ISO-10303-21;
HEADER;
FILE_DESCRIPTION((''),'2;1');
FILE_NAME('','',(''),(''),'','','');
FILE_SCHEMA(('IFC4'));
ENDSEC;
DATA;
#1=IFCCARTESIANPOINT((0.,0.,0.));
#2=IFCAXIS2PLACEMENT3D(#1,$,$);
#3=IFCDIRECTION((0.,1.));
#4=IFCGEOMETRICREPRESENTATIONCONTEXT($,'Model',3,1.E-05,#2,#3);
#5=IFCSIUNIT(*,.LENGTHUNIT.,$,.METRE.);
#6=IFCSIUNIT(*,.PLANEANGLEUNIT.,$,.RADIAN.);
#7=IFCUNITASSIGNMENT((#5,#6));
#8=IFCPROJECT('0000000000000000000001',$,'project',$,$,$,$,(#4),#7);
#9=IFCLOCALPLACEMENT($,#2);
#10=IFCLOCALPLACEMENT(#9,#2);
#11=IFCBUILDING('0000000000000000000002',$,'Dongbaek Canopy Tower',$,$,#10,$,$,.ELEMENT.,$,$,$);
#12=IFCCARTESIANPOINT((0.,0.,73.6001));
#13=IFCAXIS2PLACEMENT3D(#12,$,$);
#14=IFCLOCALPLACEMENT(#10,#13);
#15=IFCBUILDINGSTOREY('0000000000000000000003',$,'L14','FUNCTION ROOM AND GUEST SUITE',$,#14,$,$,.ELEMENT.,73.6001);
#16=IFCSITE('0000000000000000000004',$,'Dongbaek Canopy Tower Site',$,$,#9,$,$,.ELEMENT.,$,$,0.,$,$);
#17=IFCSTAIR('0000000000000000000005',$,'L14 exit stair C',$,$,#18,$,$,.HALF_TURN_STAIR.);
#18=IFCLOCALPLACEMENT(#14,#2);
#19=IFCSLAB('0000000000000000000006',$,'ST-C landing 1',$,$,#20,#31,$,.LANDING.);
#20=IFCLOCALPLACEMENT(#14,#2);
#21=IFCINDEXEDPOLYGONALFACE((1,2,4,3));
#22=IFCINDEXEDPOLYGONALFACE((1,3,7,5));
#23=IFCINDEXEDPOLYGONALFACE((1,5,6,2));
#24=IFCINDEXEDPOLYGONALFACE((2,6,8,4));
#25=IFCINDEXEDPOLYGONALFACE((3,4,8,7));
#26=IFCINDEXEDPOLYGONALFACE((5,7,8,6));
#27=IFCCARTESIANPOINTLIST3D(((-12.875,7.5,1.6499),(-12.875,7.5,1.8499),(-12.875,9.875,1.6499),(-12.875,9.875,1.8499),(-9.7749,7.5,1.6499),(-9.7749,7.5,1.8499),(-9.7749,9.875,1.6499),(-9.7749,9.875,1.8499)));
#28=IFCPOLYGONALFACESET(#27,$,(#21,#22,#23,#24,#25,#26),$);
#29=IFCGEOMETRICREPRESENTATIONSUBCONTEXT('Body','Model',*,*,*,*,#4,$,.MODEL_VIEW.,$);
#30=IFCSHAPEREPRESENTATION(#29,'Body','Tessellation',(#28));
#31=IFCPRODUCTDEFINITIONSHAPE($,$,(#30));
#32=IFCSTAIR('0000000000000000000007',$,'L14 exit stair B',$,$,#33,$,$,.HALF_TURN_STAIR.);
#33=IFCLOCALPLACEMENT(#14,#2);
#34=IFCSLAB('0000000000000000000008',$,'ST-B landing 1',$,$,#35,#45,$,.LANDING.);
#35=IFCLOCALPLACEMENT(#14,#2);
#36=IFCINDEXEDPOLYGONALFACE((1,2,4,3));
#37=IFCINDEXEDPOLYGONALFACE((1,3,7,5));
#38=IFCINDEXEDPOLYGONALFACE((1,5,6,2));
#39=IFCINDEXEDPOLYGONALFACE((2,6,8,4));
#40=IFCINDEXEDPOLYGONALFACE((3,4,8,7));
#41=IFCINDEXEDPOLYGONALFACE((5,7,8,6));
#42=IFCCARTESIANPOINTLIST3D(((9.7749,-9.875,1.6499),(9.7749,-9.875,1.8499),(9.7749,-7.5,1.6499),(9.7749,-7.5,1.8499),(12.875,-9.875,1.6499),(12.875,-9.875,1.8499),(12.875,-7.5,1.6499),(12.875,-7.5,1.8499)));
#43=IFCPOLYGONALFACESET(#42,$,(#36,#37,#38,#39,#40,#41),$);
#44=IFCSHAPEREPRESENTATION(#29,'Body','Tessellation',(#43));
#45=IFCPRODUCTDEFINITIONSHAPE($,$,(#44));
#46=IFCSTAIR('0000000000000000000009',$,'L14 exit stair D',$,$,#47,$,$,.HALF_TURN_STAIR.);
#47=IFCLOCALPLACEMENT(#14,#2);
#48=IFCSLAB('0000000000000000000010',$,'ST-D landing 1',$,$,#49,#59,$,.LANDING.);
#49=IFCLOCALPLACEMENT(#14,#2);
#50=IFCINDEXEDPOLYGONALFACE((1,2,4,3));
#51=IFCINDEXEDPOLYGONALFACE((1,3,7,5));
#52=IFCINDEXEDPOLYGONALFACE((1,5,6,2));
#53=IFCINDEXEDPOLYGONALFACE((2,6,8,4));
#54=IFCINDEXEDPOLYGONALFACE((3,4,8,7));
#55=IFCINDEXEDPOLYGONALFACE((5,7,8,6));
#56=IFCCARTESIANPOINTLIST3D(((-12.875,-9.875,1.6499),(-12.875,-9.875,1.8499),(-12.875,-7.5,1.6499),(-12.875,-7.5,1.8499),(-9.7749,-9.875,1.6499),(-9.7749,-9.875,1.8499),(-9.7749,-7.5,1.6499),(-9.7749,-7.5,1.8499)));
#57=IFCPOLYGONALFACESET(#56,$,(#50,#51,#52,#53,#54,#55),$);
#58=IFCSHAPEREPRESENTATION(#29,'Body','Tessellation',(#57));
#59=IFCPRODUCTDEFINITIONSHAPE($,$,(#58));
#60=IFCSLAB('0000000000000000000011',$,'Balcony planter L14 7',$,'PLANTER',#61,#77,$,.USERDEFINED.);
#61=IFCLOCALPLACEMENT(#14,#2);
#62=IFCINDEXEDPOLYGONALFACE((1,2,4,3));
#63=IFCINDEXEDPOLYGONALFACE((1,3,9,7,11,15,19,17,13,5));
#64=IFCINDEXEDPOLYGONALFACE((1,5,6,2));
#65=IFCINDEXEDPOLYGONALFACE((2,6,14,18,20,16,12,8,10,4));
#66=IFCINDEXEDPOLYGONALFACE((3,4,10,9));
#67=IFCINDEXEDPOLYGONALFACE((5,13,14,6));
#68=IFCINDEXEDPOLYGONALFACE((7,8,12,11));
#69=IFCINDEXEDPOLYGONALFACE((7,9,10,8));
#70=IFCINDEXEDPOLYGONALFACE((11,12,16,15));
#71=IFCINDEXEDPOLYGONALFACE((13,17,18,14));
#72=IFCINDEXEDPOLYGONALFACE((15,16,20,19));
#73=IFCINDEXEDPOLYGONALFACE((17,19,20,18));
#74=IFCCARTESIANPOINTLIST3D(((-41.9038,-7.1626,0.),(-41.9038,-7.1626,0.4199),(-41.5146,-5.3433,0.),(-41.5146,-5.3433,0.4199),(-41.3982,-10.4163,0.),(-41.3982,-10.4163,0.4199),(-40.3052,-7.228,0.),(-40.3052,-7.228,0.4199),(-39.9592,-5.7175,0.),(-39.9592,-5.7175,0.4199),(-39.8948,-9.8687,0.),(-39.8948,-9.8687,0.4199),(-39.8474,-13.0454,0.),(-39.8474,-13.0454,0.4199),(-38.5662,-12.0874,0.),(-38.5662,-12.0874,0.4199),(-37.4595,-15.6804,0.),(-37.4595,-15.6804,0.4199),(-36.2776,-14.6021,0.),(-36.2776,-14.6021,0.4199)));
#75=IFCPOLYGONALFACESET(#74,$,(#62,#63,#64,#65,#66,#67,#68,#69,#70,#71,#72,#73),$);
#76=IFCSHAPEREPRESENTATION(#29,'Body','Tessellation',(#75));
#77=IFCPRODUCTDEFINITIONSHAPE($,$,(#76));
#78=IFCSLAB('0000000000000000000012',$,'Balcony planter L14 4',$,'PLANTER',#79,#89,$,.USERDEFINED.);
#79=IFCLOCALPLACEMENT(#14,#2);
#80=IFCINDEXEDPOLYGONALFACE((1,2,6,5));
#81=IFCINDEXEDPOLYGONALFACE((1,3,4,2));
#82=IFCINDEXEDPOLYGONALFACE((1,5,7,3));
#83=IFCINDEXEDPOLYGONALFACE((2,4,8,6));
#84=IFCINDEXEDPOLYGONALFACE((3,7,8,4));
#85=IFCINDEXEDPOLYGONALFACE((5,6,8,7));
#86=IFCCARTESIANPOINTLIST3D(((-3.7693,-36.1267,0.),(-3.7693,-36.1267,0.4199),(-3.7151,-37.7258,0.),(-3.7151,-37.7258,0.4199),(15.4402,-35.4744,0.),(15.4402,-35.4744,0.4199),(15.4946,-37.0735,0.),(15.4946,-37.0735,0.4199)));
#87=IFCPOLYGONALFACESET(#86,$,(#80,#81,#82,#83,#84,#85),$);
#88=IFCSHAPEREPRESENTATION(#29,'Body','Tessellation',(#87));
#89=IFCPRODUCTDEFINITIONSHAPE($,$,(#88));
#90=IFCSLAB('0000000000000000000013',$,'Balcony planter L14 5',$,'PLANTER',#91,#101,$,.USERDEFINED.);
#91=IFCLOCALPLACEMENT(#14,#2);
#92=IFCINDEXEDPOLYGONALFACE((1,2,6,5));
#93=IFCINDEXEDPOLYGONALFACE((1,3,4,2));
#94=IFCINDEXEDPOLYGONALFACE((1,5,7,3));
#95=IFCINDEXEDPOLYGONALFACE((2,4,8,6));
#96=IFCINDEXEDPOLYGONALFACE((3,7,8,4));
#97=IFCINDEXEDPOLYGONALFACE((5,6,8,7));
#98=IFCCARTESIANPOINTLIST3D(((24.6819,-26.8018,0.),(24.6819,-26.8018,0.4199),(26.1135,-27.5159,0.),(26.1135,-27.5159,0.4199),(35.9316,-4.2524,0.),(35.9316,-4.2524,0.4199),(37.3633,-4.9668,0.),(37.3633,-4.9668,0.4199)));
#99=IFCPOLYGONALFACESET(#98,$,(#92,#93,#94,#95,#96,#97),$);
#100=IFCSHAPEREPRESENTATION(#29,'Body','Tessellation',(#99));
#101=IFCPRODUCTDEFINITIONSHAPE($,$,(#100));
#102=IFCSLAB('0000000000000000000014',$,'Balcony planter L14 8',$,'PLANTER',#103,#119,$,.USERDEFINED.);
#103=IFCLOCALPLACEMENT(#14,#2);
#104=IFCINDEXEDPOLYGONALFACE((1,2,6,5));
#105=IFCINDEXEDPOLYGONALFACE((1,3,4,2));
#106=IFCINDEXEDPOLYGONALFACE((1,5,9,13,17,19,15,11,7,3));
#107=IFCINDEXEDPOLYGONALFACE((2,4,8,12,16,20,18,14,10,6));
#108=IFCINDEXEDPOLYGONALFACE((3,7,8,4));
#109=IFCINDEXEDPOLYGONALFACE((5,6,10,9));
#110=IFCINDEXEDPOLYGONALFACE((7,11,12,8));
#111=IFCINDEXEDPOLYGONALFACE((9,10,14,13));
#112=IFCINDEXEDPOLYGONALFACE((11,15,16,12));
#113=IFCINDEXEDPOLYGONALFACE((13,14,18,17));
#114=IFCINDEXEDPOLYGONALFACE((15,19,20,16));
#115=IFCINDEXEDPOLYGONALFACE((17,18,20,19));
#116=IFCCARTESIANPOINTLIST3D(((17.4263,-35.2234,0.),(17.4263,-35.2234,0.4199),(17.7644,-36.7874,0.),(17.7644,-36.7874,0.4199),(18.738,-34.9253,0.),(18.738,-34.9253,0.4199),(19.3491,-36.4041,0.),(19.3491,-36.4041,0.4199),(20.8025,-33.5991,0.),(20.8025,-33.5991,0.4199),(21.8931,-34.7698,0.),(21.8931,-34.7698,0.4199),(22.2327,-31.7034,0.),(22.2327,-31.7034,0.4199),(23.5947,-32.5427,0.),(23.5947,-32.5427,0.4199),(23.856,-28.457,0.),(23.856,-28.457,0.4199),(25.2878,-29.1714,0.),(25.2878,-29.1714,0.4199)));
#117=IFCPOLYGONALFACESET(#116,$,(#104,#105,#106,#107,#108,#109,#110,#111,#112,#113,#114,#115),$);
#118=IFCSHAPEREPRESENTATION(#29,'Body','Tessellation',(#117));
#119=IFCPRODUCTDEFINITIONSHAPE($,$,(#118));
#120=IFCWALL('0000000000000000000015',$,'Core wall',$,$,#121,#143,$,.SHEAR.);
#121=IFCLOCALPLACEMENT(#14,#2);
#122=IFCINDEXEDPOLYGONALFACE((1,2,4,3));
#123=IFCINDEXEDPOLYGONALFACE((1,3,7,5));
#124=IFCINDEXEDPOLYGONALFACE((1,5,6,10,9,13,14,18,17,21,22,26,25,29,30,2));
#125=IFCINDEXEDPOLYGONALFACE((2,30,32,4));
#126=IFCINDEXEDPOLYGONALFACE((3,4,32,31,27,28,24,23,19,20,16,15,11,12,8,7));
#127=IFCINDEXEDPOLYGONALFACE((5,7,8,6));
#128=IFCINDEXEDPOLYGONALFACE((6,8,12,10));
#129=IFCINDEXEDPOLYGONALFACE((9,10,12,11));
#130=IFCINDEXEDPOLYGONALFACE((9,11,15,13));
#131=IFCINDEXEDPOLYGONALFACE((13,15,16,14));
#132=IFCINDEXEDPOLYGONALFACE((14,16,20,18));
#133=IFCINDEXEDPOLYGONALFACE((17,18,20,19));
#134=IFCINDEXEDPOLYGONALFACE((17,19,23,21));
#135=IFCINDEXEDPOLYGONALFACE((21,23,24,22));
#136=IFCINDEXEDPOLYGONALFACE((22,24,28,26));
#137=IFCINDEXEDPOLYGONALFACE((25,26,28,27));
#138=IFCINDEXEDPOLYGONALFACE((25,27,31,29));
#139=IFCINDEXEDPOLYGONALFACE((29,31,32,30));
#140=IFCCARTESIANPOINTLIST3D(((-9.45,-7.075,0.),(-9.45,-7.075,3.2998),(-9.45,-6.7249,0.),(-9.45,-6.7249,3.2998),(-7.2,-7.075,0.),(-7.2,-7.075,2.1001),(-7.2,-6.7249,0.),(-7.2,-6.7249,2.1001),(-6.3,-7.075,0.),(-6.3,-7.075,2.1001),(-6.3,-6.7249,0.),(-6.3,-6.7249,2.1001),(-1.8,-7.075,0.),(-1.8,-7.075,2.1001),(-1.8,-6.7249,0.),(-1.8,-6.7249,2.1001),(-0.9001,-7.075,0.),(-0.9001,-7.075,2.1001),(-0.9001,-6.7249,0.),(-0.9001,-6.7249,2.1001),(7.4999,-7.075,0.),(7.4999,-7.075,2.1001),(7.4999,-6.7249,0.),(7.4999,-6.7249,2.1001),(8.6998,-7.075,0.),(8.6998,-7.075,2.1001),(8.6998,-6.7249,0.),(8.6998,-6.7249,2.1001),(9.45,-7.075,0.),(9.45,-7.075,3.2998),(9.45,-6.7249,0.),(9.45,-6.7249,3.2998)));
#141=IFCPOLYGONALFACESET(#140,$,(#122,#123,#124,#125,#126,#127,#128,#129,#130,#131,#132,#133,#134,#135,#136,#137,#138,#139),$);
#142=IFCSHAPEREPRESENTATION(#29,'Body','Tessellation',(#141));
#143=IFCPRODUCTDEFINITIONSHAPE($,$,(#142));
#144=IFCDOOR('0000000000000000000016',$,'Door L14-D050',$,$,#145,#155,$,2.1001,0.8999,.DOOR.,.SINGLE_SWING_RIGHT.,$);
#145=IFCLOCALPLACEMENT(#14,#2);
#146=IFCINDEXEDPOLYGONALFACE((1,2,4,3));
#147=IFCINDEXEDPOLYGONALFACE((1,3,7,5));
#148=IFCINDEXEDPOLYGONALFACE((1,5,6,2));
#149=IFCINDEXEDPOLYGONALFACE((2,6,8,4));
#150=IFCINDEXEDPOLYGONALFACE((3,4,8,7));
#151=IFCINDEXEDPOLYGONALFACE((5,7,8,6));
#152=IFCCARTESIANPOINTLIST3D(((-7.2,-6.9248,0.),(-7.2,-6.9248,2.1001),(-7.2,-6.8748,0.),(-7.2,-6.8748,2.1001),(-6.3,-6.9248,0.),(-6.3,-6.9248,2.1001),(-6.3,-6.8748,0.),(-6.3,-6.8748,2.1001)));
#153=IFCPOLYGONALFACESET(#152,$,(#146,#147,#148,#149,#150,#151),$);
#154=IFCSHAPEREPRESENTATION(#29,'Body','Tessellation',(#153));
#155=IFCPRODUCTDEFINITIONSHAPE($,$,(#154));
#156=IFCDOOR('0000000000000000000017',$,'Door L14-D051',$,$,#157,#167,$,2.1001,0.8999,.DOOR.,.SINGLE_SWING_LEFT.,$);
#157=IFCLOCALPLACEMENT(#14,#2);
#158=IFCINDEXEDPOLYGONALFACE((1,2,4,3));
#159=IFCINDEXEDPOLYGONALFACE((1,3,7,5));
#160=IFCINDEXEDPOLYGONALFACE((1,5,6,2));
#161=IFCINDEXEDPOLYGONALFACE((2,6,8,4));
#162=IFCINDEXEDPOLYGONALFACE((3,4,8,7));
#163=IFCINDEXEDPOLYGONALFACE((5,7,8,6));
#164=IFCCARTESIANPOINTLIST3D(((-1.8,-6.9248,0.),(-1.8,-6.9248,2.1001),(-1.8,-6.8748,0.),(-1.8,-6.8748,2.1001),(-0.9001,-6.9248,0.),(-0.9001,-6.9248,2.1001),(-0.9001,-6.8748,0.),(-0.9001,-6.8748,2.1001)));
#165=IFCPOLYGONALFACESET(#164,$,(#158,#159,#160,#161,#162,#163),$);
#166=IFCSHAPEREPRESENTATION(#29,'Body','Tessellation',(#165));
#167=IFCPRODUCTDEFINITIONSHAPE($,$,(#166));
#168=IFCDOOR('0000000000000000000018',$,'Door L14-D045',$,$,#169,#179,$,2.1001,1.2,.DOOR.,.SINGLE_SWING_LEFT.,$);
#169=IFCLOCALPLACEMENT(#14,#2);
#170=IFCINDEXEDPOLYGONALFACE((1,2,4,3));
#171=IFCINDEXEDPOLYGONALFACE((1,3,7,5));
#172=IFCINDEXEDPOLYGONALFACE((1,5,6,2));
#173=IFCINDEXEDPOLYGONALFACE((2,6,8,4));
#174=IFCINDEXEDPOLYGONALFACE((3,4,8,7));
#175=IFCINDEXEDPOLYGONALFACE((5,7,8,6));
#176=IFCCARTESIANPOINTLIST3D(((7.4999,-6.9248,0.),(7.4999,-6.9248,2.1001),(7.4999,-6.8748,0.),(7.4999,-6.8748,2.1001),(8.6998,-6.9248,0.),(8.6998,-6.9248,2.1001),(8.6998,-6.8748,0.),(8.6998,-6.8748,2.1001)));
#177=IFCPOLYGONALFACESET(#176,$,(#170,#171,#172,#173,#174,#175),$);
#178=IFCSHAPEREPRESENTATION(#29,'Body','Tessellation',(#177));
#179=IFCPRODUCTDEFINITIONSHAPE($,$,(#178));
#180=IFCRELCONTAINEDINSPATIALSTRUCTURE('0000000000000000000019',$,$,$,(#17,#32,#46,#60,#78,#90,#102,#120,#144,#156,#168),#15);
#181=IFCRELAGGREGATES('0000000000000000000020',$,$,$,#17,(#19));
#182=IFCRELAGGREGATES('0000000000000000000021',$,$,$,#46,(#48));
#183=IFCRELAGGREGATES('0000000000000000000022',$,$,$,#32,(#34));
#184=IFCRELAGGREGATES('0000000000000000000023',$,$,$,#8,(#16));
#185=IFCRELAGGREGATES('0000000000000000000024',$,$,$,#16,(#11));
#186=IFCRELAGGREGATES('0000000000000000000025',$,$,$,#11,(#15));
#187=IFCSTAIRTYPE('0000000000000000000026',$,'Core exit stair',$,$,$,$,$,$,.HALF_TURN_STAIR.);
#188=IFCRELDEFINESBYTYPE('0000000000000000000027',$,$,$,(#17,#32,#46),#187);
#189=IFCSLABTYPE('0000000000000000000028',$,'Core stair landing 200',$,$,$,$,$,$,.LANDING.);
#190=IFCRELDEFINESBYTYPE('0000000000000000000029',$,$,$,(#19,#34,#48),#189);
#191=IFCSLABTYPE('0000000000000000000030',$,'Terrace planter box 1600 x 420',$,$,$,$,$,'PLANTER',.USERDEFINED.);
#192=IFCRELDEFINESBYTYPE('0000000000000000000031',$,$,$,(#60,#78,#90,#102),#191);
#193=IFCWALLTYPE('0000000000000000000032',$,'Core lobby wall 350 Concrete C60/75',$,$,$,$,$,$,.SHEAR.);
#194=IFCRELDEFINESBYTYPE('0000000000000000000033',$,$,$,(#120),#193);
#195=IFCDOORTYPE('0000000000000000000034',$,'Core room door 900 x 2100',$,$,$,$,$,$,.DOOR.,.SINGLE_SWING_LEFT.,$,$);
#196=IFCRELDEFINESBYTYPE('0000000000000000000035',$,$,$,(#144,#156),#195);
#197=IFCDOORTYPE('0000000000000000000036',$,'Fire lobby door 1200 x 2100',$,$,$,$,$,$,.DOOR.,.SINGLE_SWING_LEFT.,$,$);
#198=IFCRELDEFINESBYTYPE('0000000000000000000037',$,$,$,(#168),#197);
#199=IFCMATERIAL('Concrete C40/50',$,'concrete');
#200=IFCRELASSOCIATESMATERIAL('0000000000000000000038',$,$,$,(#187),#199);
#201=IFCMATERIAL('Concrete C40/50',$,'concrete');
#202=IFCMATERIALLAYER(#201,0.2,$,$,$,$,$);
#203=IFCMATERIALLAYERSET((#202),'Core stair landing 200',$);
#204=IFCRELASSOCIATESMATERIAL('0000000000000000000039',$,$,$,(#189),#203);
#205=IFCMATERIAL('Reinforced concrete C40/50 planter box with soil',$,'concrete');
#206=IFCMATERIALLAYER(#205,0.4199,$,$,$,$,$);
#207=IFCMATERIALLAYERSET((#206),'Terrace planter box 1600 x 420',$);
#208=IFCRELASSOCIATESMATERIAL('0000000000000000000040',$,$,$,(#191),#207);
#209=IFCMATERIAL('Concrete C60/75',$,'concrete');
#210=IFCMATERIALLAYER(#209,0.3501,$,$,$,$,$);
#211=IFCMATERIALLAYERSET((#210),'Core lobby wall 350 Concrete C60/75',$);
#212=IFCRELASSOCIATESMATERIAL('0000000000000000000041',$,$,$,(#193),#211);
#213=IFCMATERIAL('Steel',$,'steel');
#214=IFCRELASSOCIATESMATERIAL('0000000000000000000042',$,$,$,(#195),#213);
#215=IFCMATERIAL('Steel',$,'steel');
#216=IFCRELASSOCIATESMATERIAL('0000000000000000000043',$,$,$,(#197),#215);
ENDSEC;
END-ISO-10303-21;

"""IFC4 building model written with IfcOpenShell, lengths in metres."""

from ifc_helpers import new_model, si_unit, direction, frame, frame_2d, origin, place, context, subcontext, project, spatial, polyline, rectangle, outline, extrude, material, layer, layer_set, type_object, element, fill, aggregate, save


model = new_model("IFC4")

# Units and contexts
model_context = context("Model", 3, precision=1e-05, world=origin(), true_north=direction((0.0, 1.0)))
body_context = subcontext(model_context, "Body", "Model", "MODEL_VIEW")
ifc_project = project(units=[si_unit("LENGTHUNIT", "METRE"), si_unit("PLANEANGLEUNIT", "RADIAN")], contexts=[model_context])

# Site, building, storey
site_placement = place(None, origin())
site = spatial("IfcSite", under=ifc_project, at=site_placement, Name="Dongbaek Canopy Tower Site", CompositionType="ELEMENT", RefElevation=0.0)
building_placement = place(site_placement, origin())
building = spatial("IfcBuilding", under=site, at=building_placement, Name="Dongbaek Canopy Tower", CompositionType="ELEMENT")
storey_placement = place(building_placement, frame((0.0, 0.0, 73.6001)))
storey = spatial("IfcBuildingStorey", under=building, at=storey_placement, Name="L14", Description="FUNCTION ROOM AND GUEST SUITE", CompositionType="ELEMENT", Elevation=73.6001)

# Stairs, slabs
ifc_material_1 = material(Name="Concrete C40/50", Category="concrete")
stair_type = type_object("IfcStairType", Name="Core exit stair", PredefinedType="HALF_TURN_STAIR", material=ifc_material_1)
ifc_material_2 = material(Name="Concrete C40/50", Category="concrete")
ifc_layer_1 = layer(ifc_material_2, 0.2)
ifc_layer_set_1 = layer_set([ifc_layer_1], Name="Core stair landing 200")
slab_type_1 = type_object("IfcSlabType", Name="Core stair landing 200", PredefinedType="LANDING", material=ifc_layer_set_1)
stair_1_placement = place(storey_placement, origin())
stair_1 = element("IfcStair", 1, at=stair_1_placement, inside=storey, type_object=stair_type, Name="L14 exit stair C", PredefinedType="HALF_TURN_STAIR")
slab_1_placement = place(storey_placement, frame((0.0, 0.0, 1.6499)))
slab_1 = element("IfcSlab", 2, at=slab_1_placement, type_object=slab_type_1, Name="ST-C landing 1", PredefinedType="LANDING", context=body_context, shape_type="SweptSolid", body=[
    extrude(outline(polyline([(-9.7749, 7.5), (-9.7749, 9.875), (-12.875, 9.875), (-12.875, 7.5), (-9.7749, 7.5)])), origin(), (0.0, 0.0, 1.0), 0.2),
])
aggregate(stair_1, [slab_1])
stair_2_placement = place(storey_placement, origin())
stair_2 = element("IfcStair", 3, at=stair_2_placement, inside=storey, type_object=stair_type, Name="L14 exit stair B", PredefinedType="HALF_TURN_STAIR")
slab_2_placement = place(storey_placement, frame((0.0, 0.0, 1.6499)))
slab_2 = element("IfcSlab", 4, at=slab_2_placement, type_object=slab_type_1, Name="ST-B landing 1", PredefinedType="LANDING", context=body_context, shape_type="SweptSolid", body=[
    extrude(outline(polyline([(9.7749, -7.5), (9.7749, -9.875), (12.875, -9.875), (12.875, -7.5), (9.7749, -7.5)])), origin(), (0.0, 0.0, 1.0), 0.2),
])
stair_3_placement = place(storey_placement, origin())
stair_3 = element("IfcStair", 5, at=stair_3_placement, inside=storey, type_object=stair_type, Name="L14 exit stair D", PredefinedType="HALF_TURN_STAIR")
slab_3_placement = place(storey_placement, frame((0.0, 0.0, 1.6499)))
slab_3 = element("IfcSlab", 6, at=slab_3_placement, type_object=slab_type_1, Name="ST-D landing 1", PredefinedType="LANDING", context=body_context, shape_type="SweptSolid", body=[
    extrude(outline(polyline([(-12.875, -7.5), (-12.875, -9.875), (-9.7749, -9.875), (-9.7749, -7.5), (-12.875, -7.5)])), origin(), (0.0, 0.0, 1.0), 0.2),
])
aggregate(stair_3, [slab_3])

# Slabs
ifc_material_3 = material(Name="Reinforced concrete C40/50 planter box with soil", Category="concrete")
ifc_layer_2 = layer(ifc_material_3, 0.4199)
ifc_layer_set_2 = layer_set([ifc_layer_2], Name="Terrace planter box 1600 x 420")
slab_type_2 = type_object("IfcSlabType", Name="Terrace planter box 1600 x 420", ElementType="PLANTER", PredefinedType="USERDEFINED", material=ifc_layer_set_2)
slab_4_placement = place(storey_placement, origin())
element("IfcSlab", 7, at=slab_4_placement, inside=storey, type_object=slab_type_2, Name="Balcony planter L14 7", ObjectType="PLANTER", PredefinedType="USERDEFINED", context=body_context, shape_type="SweptSolid", body=[
    extrude(outline(polyline([(-39.9592, -5.7175), (-40.3052, -7.228), (-39.8948, -9.8687), (-38.5662, -12.0874), (-36.2776, -14.6021), (-37.4595, -15.6804), (-39.8474, -13.0454), (-41.3982, -10.4163), (-41.9038, -7.1626), (-41.5146, -5.3433), (-39.9592, -5.7175)])), origin(), (0.0, 0.0, 1.0), 0.4199),
])
slab_5_placement = place(storey_placement, origin())
element("IfcSlab", 8, at=slab_5_placement, inside=storey, type_object=slab_type_2, Name="Balcony planter L14 4", ObjectType="PLANTER", PredefinedType="USERDEFINED", context=body_context, shape_type="SweptSolid", body=[
    extrude(outline(polyline([(-3.7693, -36.1267), (15.4402, -35.4744), (15.4946, -37.0735), (-3.7151, -37.7258), (-3.7693, -36.1267)])), origin(), (0.0, 0.0, 1.0), 0.4199),
])
slab_6_placement = place(storey_placement, origin())
element("IfcSlab", 9, at=slab_6_placement, inside=storey, type_object=slab_type_2, Name="Balcony planter L14 5", ObjectType="PLANTER", PredefinedType="USERDEFINED", context=body_context, shape_type="SweptSolid", body=[
    extrude(outline(polyline([(24.6819, -26.8018), (35.9316, -4.2524), (37.3633, -4.9668), (26.1135, -27.5159), (24.6819, -26.8018)])), origin(), (0.0, 0.0, 1.0), 0.4199),
])
slab_7_placement = place(storey_placement, origin())
element("IfcSlab", 10, at=slab_7_placement, inside=storey, type_object=slab_type_2, Name="Balcony planter L14 8", ObjectType="PLANTER", PredefinedType="USERDEFINED", context=body_context, shape_type="SweptSolid", body=[
    extrude(outline(polyline([(17.4263, -35.2234), (18.738, -34.9253), (20.8025, -33.5991), (22.2327, -31.7034), (23.856, -28.457), (25.2878, -29.1714), (23.5947, -32.5427), (21.8931, -34.7698), (19.3491, -36.4041), (17.7644, -36.7874), (17.4263, -35.2234)])), origin(), (0.0, 0.0, 1.0), 0.4199),
])

# Wall, openings, doors
ifc_material_4 = material(Name="Concrete C60/75", Category="concrete")
ifc_layer_3 = layer(ifc_material_4, 0.3501)
ifc_layer_set_3 = layer_set([ifc_layer_3], Name="Core lobby wall 350 Concrete C60/75")
wall_type_1 = type_object("IfcWallType", Name="Core lobby wall 350 Concrete C60/75", PredefinedType="SHEAR", material=ifc_layer_set_3)
wall_1_placement = place(storey_placement, frame((9.45, -6.8999, 0.0), z_axis=(0.0, 0.0, 1.0), x_axis=(-1.0, 0.0, 0.0)))
wall_1 = element("IfcWall", 11, at=wall_1_placement, inside=storey, type_object=wall_type_1, Name="Core wall", PredefinedType="SHEAR", context=body_context, shape_type="SweptSolid", body=[
    extrude(rectangle(XDim=18.8999, YDim=0.3501, at=frame_2d((9.45, 0.0))), origin(), (0.0, 0.0, 1.0), 3.2998),
])
opening_1_placement = place(wall_1_placement, frame((0.75, 0.0, 0.0)))
opening_1 = element("IfcOpeningElement", 12, at=opening_1_placement, cuts=wall_1, PredefinedType="OPENING", context=body_context, shape_type="SweptSolid", body=[
    extrude(rectangle(XDim=1.2, YDim=2.1001, at=frame_2d((0.6001, 1.05))), frame((0.0, 0.1851, 0.0), z_axis=(0.0, -1.0, 0.0), x_axis=(1.0, 0.0, 0.0)), (0.0, 0.0, 1.0), 0.3701),
])
opening_2_placement = place(wall_1_placement, frame((15.75, 0.0, 0.0)))
opening_2 = element("IfcOpeningElement", 13, at=opening_2_placement, cuts=wall_1, PredefinedType="OPENING", context=body_context, shape_type="SweptSolid", body=[
    extrude(rectangle(XDim=0.8999, YDim=2.1001, at=frame_2d((0.45, 1.05))), frame((0.0, 0.1851, 0.0), z_axis=(0.0, -1.0, 0.0), x_axis=(1.0, 0.0, 0.0)), (0.0, 0.0, 1.0), 0.3701),
])
opening_3_placement = place(wall_1_placement, frame((10.3501, 0.0, 0.0)))
opening_3 = element("IfcOpeningElement", 14, at=opening_3_placement, cuts=wall_1, PredefinedType="OPENING", context=body_context, shape_type="SweptSolid", body=[
    extrude(rectangle(XDim=0.8999, YDim=2.1001, at=frame_2d((0.45, 1.05))), frame((0.0, 0.1851, 0.0), z_axis=(0.0, -1.0, 0.0), x_axis=(1.0, 0.0, 0.0)), (0.0, 0.0, 1.0), 0.3701),
])
ifc_material_5 = material(Name="Steel", Category="steel")
door_type_1 = type_object("IfcDoorType", Name="Core room door 900 x 2100", OperationType="SINGLE_SWING_LEFT", PredefinedType="DOOR", material=ifc_material_5)
door_1_placement = place(opening_2_placement, origin())
door_1 = element("IfcDoor", 15, at=door_1_placement, inside=storey, type_object=door_type_1, Name="Door L14-D050", OperationType="SINGLE_SWING_RIGHT", OverallHeight=2.1001, OverallWidth=0.8999, PredefinedType="DOOR", context=body_context, shape_type="SweptSolid", body=[
    extrude(rectangle(XDim=0.8999, YDim=2.1001, at=frame_2d((0.45, 1.05))), frame((0.0, 0.0249, 0.0), z_axis=(0.0, -1.0, 0.0), x_axis=(1.0, 0.0, 0.0)), (0.0, 0.0, 1.0), 0.05),
])
fill(opening_2, door_1)
door_2_placement = place(opening_3_placement, origin())
door_2 = element("IfcDoor", 16, at=door_2_placement, inside=storey, type_object=door_type_1, Name="Door L14-D051", OperationType="SINGLE_SWING_LEFT", OverallHeight=2.1001, OverallWidth=0.8999, PredefinedType="DOOR", context=body_context, shape_type="SweptSolid", body=[
    extrude(rectangle(XDim=0.8999, YDim=2.1001, at=frame_2d((0.45, 1.05))), frame((0.0, 0.0249, 0.0), z_axis=(0.0, -1.0, 0.0), x_axis=(1.0, 0.0, 0.0)), (0.0, 0.0, 1.0), 0.05),
])
fill(opening_3, door_2)
ifc_material_6 = material(Name="Steel", Category="steel")
door_type_2 = type_object("IfcDoorType", Name="Fire lobby door 1200 x 2100", OperationType="SINGLE_SWING_LEFT", PredefinedType="DOOR", material=ifc_material_6)
door_3_placement = place(opening_1_placement, origin())
door_3 = element("IfcDoor", 17, at=door_3_placement, inside=storey, type_object=door_type_2, Name="Door L14-D045", OperationType="SINGLE_SWING_LEFT", OverallHeight=2.1001, OverallWidth=1.2, PredefinedType="DOOR", context=body_context, shape_type="SweptSolid", body=[
    extrude(rectangle(XDim=1.2, YDim=2.1001, at=frame_2d((0.6001, 1.05))), frame((0.0, 0.0249, 0.0), z_axis=(0.0, -1.0, 0.0), x_axis=(1.0, 0.0, 0.0)), (0.0, 0.0, 1.0), 0.05),
])
fill(opening_1, door_3)

aggregate(stair_2, [slab_2])

save(model, "model.ifc")
